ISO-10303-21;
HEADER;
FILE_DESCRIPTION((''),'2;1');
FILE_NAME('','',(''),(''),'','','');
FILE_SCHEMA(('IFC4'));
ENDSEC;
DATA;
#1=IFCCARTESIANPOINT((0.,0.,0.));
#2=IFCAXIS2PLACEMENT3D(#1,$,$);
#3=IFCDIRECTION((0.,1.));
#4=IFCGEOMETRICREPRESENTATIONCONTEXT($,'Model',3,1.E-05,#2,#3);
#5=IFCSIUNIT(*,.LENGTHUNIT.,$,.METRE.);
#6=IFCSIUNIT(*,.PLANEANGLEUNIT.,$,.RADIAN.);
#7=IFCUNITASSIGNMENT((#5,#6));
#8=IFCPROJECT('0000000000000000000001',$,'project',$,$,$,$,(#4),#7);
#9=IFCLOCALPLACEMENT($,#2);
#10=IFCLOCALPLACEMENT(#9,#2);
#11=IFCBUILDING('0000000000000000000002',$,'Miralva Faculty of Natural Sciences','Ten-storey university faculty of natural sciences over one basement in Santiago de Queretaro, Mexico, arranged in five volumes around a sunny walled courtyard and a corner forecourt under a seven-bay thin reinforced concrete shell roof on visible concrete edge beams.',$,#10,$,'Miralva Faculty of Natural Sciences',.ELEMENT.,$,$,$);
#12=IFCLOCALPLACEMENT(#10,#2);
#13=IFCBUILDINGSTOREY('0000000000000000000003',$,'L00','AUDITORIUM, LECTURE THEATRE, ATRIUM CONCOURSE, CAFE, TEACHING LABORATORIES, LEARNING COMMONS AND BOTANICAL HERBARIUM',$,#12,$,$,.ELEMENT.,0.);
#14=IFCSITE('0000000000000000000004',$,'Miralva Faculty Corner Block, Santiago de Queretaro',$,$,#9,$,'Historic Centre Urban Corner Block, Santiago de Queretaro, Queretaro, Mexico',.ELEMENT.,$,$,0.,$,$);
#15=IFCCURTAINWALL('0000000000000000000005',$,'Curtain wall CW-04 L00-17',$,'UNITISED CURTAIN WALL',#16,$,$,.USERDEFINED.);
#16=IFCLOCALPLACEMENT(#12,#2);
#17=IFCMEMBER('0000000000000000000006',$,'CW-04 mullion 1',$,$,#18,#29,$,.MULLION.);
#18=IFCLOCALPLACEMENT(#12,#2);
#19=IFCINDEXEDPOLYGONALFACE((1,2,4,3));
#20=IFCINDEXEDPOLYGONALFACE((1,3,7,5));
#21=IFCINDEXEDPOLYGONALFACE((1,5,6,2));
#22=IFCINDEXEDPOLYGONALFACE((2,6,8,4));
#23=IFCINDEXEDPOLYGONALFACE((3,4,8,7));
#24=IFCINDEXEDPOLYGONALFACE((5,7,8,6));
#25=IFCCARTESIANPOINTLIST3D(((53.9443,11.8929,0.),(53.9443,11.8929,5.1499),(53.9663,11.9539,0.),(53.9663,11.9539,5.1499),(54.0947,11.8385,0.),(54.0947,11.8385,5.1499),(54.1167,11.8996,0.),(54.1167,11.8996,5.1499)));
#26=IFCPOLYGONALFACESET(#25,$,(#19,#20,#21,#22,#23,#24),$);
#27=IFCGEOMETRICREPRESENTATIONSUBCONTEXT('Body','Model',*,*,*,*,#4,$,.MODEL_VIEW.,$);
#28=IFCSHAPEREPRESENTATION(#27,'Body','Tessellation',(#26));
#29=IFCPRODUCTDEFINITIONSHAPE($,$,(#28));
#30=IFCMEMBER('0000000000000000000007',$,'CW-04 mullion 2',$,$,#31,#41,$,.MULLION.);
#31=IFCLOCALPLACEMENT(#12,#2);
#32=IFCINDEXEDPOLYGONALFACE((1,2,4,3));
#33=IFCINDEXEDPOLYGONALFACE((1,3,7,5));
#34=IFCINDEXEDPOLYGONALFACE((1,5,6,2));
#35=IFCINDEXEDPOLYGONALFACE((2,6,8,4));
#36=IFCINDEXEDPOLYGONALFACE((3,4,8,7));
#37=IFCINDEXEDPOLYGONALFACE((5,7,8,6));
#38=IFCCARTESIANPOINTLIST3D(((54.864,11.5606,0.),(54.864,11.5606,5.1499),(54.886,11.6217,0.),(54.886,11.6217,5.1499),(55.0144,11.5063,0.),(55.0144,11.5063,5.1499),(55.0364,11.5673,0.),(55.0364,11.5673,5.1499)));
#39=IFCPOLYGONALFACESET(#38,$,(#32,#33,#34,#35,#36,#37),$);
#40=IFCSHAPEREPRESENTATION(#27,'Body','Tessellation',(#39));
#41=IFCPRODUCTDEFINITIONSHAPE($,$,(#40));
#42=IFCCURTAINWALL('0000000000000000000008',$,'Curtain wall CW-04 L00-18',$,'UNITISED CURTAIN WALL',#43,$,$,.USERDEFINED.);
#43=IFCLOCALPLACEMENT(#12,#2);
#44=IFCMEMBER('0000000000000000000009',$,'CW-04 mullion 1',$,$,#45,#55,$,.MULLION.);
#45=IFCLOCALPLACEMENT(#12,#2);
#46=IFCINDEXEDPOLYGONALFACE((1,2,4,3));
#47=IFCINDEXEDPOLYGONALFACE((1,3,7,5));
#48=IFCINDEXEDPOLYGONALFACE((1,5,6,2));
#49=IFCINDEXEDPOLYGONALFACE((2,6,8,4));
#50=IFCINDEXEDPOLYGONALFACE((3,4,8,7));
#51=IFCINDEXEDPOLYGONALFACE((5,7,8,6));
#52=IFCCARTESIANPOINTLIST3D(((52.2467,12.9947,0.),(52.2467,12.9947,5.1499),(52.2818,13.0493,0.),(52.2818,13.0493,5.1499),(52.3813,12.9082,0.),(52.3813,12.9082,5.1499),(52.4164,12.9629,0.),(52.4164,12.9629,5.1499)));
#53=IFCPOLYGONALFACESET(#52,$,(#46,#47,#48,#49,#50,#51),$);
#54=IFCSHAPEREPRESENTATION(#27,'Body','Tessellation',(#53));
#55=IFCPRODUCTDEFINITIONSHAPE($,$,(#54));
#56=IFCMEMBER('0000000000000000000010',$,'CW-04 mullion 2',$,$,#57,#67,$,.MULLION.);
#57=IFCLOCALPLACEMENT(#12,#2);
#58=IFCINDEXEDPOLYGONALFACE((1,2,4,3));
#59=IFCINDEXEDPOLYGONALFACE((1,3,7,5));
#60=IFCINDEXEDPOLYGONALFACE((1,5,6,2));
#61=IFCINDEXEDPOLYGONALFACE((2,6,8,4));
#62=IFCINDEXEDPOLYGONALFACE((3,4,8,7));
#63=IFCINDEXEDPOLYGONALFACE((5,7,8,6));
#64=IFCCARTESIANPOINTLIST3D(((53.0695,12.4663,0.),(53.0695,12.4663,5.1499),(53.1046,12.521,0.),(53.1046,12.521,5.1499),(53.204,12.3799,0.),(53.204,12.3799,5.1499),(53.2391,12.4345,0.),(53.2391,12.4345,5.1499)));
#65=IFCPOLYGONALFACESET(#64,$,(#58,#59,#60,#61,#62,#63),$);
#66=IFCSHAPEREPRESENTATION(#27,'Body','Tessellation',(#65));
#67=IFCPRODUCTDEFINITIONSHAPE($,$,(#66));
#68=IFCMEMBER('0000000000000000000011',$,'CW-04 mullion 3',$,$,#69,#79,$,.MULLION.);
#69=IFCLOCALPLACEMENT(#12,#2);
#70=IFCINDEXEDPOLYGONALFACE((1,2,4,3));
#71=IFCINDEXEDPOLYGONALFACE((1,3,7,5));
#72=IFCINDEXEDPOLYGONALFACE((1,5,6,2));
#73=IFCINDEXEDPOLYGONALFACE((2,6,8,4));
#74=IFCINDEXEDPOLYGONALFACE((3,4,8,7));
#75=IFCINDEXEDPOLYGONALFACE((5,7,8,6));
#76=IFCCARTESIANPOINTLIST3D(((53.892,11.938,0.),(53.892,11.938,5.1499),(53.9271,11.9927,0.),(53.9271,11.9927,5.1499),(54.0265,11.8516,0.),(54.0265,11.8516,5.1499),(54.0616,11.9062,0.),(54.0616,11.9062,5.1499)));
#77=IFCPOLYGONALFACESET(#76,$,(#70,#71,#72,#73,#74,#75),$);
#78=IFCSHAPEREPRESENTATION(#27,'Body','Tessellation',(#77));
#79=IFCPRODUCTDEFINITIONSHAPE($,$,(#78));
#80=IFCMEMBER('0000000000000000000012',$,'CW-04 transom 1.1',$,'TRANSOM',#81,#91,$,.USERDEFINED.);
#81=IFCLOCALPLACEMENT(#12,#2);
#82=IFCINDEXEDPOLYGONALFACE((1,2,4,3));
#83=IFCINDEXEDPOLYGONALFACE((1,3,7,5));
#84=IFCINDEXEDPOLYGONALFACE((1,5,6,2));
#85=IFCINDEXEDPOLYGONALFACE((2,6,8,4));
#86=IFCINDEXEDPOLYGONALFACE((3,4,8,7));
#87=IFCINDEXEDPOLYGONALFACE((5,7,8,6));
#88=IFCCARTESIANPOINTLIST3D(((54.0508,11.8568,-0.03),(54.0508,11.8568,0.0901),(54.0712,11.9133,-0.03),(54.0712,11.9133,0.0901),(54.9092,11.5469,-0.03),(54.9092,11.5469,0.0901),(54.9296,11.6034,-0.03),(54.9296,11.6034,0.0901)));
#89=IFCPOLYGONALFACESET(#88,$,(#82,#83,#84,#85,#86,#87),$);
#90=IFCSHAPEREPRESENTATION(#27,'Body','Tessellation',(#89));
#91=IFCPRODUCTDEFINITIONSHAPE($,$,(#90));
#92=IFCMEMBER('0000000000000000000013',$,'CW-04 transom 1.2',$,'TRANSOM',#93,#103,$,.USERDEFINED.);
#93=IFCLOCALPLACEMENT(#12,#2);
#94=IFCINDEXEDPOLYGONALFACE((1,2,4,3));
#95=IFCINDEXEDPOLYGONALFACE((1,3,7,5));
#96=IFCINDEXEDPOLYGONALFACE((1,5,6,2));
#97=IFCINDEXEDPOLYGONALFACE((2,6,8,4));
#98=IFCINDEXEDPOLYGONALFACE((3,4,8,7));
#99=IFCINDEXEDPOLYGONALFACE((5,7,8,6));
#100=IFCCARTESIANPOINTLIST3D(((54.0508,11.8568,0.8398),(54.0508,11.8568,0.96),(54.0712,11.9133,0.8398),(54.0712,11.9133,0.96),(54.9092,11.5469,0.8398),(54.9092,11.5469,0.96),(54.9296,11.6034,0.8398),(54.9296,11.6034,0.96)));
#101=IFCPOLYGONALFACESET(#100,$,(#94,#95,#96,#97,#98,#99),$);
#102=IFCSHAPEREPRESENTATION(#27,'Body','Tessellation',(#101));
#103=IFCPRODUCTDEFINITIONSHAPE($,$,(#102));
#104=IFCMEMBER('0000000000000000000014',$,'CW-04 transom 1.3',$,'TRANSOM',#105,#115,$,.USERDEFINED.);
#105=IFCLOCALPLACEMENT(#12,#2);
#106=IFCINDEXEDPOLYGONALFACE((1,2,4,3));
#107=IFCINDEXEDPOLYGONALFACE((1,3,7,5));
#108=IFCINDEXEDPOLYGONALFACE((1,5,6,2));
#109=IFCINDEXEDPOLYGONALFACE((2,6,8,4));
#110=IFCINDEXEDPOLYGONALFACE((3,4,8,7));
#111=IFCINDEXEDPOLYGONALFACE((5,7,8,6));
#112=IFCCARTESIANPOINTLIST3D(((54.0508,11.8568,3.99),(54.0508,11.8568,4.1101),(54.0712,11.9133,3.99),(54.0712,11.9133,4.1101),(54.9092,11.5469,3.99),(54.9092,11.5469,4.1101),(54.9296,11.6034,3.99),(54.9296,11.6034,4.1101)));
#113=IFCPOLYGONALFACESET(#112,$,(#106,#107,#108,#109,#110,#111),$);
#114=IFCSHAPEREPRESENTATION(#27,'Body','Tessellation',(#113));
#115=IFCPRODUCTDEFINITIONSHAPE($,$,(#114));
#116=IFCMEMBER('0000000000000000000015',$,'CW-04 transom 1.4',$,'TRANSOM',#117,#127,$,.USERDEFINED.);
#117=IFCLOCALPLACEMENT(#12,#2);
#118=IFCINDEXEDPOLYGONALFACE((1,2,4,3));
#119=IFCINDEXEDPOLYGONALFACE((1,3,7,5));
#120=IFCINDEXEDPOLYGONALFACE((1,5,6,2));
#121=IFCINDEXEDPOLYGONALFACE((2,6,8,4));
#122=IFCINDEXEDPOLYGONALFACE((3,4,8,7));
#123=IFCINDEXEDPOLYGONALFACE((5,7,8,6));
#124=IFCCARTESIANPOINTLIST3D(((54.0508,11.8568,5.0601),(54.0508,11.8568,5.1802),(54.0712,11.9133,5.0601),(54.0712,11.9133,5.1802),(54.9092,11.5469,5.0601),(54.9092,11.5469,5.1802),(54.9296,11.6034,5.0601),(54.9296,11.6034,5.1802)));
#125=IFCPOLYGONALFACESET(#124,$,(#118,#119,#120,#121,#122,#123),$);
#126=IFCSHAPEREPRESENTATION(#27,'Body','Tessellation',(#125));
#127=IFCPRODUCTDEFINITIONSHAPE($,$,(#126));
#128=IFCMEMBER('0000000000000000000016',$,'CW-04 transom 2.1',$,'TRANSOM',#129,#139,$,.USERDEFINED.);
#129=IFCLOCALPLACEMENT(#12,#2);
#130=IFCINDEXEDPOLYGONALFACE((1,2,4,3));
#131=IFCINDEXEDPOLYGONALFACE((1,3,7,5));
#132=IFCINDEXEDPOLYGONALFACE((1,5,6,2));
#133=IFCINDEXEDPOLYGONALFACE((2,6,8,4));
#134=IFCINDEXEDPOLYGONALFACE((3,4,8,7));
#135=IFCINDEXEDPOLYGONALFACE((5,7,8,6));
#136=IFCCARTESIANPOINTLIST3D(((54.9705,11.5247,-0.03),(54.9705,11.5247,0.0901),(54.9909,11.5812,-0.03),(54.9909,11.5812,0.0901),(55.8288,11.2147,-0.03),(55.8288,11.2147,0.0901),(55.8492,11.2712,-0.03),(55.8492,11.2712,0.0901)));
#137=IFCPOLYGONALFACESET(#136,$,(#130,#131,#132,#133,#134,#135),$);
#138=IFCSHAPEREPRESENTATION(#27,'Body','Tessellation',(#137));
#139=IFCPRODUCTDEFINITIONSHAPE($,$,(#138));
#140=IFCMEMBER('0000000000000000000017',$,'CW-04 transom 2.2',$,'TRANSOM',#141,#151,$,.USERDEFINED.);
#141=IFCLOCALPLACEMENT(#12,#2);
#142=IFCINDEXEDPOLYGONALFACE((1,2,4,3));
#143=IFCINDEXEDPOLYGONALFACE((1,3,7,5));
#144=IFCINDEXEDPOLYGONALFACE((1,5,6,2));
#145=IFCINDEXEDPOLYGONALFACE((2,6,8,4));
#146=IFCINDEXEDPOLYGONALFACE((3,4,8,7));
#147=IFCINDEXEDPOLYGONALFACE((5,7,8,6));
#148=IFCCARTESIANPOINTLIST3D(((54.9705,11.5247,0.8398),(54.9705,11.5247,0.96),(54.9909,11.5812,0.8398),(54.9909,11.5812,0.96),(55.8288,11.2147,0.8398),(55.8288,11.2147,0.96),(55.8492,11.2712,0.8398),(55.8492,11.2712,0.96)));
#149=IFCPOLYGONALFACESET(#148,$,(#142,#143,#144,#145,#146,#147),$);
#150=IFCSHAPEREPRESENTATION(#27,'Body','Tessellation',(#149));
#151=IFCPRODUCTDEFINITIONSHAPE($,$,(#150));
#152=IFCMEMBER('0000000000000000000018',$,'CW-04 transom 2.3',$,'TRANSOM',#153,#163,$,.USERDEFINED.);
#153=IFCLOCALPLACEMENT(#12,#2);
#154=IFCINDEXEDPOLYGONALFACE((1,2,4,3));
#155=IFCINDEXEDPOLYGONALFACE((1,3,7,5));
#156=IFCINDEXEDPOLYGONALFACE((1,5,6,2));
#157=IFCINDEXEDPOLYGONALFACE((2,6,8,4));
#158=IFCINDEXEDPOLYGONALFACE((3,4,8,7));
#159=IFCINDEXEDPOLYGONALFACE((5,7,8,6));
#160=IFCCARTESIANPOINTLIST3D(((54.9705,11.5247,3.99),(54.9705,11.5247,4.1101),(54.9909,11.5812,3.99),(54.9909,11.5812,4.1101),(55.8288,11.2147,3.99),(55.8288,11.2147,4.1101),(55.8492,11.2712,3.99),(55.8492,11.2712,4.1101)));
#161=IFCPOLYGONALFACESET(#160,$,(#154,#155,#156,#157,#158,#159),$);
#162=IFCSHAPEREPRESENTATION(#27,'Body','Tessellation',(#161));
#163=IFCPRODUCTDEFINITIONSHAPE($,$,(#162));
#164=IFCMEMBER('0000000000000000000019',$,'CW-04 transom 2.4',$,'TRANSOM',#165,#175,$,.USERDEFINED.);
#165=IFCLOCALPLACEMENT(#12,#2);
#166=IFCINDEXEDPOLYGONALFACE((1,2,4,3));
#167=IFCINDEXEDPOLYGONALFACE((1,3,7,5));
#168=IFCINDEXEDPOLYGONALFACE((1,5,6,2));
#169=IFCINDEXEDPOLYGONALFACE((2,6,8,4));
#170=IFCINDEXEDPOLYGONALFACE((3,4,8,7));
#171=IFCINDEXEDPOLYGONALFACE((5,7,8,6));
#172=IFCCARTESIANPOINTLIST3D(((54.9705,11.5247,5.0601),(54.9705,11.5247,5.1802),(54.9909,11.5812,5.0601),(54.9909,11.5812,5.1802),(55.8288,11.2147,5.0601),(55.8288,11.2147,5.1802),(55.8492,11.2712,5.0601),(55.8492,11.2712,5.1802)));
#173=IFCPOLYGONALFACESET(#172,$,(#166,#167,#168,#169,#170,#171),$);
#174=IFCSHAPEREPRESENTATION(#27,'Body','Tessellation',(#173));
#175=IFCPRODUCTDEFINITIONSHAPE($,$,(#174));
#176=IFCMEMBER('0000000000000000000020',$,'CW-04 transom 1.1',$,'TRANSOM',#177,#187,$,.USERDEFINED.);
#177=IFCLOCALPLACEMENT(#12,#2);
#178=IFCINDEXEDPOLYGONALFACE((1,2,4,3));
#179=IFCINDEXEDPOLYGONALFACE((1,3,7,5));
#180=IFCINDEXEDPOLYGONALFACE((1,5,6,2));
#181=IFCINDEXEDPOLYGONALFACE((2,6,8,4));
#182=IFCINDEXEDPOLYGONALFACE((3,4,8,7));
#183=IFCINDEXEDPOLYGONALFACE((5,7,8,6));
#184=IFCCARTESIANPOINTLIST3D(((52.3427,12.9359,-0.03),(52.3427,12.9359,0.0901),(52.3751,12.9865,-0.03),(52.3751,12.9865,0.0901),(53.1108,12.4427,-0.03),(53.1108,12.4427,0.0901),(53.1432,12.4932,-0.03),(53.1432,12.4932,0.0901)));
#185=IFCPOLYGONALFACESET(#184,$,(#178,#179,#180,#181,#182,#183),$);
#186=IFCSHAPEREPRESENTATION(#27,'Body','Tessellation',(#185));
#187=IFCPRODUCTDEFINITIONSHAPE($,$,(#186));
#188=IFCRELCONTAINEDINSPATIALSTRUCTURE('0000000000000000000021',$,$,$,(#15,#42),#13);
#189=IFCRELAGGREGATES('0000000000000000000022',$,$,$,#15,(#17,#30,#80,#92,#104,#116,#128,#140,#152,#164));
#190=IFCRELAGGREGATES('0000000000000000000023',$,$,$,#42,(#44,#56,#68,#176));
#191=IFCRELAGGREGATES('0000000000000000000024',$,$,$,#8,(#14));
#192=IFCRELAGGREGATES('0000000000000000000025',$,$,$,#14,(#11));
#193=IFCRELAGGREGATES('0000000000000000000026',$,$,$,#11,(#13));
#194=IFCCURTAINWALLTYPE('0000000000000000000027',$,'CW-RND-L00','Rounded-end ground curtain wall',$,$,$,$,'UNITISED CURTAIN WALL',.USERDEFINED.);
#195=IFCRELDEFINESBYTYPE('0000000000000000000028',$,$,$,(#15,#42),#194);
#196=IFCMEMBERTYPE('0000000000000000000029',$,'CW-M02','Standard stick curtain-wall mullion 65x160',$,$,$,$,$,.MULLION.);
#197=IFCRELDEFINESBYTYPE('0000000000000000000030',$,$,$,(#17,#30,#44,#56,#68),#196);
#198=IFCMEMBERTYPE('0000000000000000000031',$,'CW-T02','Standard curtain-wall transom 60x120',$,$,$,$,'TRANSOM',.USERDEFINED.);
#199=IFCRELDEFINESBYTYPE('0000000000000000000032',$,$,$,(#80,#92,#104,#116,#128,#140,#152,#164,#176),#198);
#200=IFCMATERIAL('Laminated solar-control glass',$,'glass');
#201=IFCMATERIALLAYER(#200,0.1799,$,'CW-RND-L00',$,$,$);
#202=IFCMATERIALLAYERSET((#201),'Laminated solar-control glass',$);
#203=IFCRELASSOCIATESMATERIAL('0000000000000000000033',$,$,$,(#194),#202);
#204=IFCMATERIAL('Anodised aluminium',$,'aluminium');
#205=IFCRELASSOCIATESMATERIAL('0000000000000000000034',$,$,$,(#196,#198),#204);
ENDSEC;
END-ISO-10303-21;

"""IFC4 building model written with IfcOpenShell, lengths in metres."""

from ifc_helpers import new_model, si_unit, direction, frame, origin, origin_2d, place, context, subcontext, project, spatial, rectangle, extrude, material, layer, layer_set, material_profile, profile_set, type_object, element, aggregate, save


model = new_model("IFC4")

# Units and contexts
model_context = context("Model", 3, precision=1e-05, world=origin(), true_north=direction((0.0, 1.0)))
body_context = subcontext(model_context, "Body", "Model", "MODEL_VIEW")
ifc_project = project(units=[si_unit("LENGTHUNIT", "METRE"), si_unit("PLANEANGLEUNIT", "RADIAN")], contexts=[model_context])

# Site, building, storey
site_placement = place(None, origin())
site = spatial("IfcSite", under=ifc_project, at=site_placement, Name="Miralva Faculty Corner Block, Santiago de Queretaro", LongName="Historic Centre Urban Corner Block, Santiago de Queretaro, Queretaro, Mexico", CompositionType="ELEMENT", RefElevation=0.0)
building_placement = place(site_placement, origin())
building = spatial("IfcBuilding", under=site, at=building_placement, Name="Miralva Faculty of Natural Sciences", Description="Ten-storey university faculty of natural sciences over one basement in Santiago de Queretaro, Mexico, arranged in five volumes around a sunny walled courtyard and a corner forecourt under a seven-bay thin reinforced concrete shell roof on visible concrete edge beams.", LongName="Miralva Faculty of Natural Sciences", CompositionType="ELEMENT")
storey_placement = place(building_placement, origin())
storey = spatial("IfcBuildingStorey", under=building, at=storey_placement, Name="L00", Description="AUDITORIUM, LECTURE THEATRE, ATRIUM CONCOURSE, CAFE, TEACHING LABORATORIES, LEARNING COMMONS AND BOTANICAL HERBARIUM", CompositionType="ELEMENT", Elevation=0.0)

# Curtain walls, members
ifc_material_1 = material(Name="Laminated solar-control glass", Category="glass")
ifc_layer_1 = layer(ifc_material_1, 0.1799, Name="CW-RND-L00")
ifc_layer_set_1 = layer_set([ifc_layer_1], Name="Laminated solar-control glass")
curtain_wall_type = type_object("IfcCurtainWallType", Name="CW-RND-L00", Description="Rounded-end ground curtain wall", ElementType="UNITISED CURTAIN WALL", PredefinedType="USERDEFINED", material=ifc_layer_set_1)
curtain_wall_1_placement = place(storey_placement, origin())
curtain_wall_1 = element("IfcCurtainWall", 1, at=curtain_wall_1_placement, inside=storey, type_object=curtain_wall_type, Name="Curtain wall CW-04 L00-17", ObjectType="UNITISED CURTAIN WALL", PredefinedType="USERDEFINED")
ifc_material_2 = material(Name="Anodised aluminium", Category="aluminium")
ifc_material_profile_1 = material_profile(ifc_material_2, rectangle(XDim=0.0649, YDim=0.1599, at=origin_2d()), Name="MULLION 65x160")
ifc_profile_set_1 = profile_set([ifc_material_profile_1], Name="Anodised aluminium")
member_type_1 = type_object("IfcMemberType", Name="CW-M02", Description="Standard stick curtain-wall mullion 65x160", PredefinedType="MULLION", material=ifc_profile_set_1)
member_1_placement = place(storey_placement, frame((54.0305, 11.8962, 0.0), z_axis=(0.0, 0.0, 1.0), x_axis=(0.339696, 0.940535, 0.0)))
member_1 = element("IfcMember", 2, at=member_1_placement, type_object=member_type_1, Name="CW-04 mullion 1", PredefinedType="MULLION", context=body_context, shape_type="SweptSolid", body=[
    extrude(rectangle(XDim=0.0649, YDim=0.1599, at=origin_2d()), origin(), (0.0, 0.0, 1.0), 5.1499),
])
member_2_placement = place(storey_placement, frame((54.9502, 11.564, 0.0), z_axis=(0.0, 0.0, 1.0), x_axis=(0.339696, 0.940535, 0.0)))
member_2 = element("IfcMember", 3, at=member_2_placement, type_object=member_type_1, Name="CW-04 mullion 2", PredefinedType="MULLION", context=body_context, shape_type="SweptSolid", body=[
    extrude(rectangle(XDim=0.0649, YDim=0.1599, at=origin_2d()), origin(), (0.0, 0.0, 1.0), 5.1499),
])
curtain_wall_2_placement = place(storey_placement, origin())
curtain_wall_2 = element("IfcCurtainWall", 4, at=curtain_wall_2_placement, inside=storey, type_object=curtain_wall_type, Name="Curtain wall CW-04 L00-18", ObjectType="UNITISED CURTAIN WALL", PredefinedType="USERDEFINED")
member_3_placement = place(storey_placement, frame((52.3315, 12.9788, 0.0), z_axis=(0.0, 0.0, 1.0), x_axis=(0.540445, 0.841379, 0.0)))
member_3 = element("IfcMember", 5, at=member_3_placement, type_object=member_type_1, Name="CW-04 mullion 1", PredefinedType="MULLION", context=body_context, shape_type="SweptSolid", body=[
    extrude(rectangle(XDim=0.0649, YDim=0.1599, at=origin_2d()), origin(), (0.0, 0.0, 1.0), 5.1499),
])
member_4_placement = place(storey_placement, frame((53.1543, 12.4504, 0.0), z_axis=(0.0, 0.0, 1.0), x_axis=(0.540445, 0.841379, 0.0)))
member_4 = element("IfcMember", 6, at=member_4_placement, type_object=member_type_1, Name="CW-04 mullion 2", PredefinedType="MULLION", context=body_context, shape_type="SweptSolid", body=[
    extrude(rectangle(XDim=0.0649, YDim=0.1599, at=origin_2d()), origin(), (0.0, 0.0, 1.0), 5.1499),
])
member_5_placement = place(storey_placement, frame((53.9768, 11.9221, 0.0), z_axis=(0.0, 0.0, 1.0), x_axis=(0.540445, 0.841379, 0.0)))
member_5 = element("IfcMember", 7, at=member_5_placement, type_object=member_type_1, Name="CW-04 mullion 3", PredefinedType="MULLION", context=body_context, shape_type="SweptSolid", body=[
    extrude(rectangle(XDim=0.0649, YDim=0.1599, at=origin_2d()), origin(), (0.0, 0.0, 1.0), 5.1499),
])

# Members
ifc_material_profile_2 = material_profile(ifc_material_2, rectangle(XDim=0.0601, YDim=0.1201, at=origin_2d()), Name="TRANSOM 60x120")
ifc_profile_set_2 = profile_set([ifc_material_profile_2], Name="Anodised aluminium")
member_type_2 = type_object("IfcMemberType", Name="CW-T02", Description="Standard curtain-wall transom 60x120", ElementType="TRANSOM", PredefinedType="USERDEFINED", material=ifc_profile_set_2)
member_6_placement = place(storey_placement, frame((54.061, 11.885, 0.03), z_axis=(0.940611, -0.339487, 0.0), x_axis=(0.339487, 0.940611, 0.0)))
member_6 = element("IfcMember", 8, at=member_6_placement, type_object=member_type_2, Name="CW-04 transom 1.1", ObjectType="TRANSOM", PredefinedType="USERDEFINED", context=body_context, shape_type="SweptSolid", body=[
    extrude(rectangle(XDim=0.0601, YDim=0.1201, at=origin_2d()), origin(), (0.0, 0.0, 1.0), 0.9126),
])
member_7_placement = place(storey_placement, frame((54.061, 11.885, 0.8999), z_axis=(0.940611, -0.339487, 0.0), x_axis=(0.339487, 0.940611, 0.0)))
member_7 = element("IfcMember", 9, at=member_7_placement, type_object=member_type_2, Name="CW-04 transom 1.2", ObjectType="TRANSOM", PredefinedType="USERDEFINED", context=body_context, shape_type="SweptSolid", body=[
    extrude(rectangle(XDim=0.0601, YDim=0.1201, at=origin_2d()), origin(), (0.0, 0.0, 1.0), 0.9126),
])
member_8_placement = place(storey_placement, frame((54.061, 11.885, 4.05), z_axis=(0.940611, -0.339487, 0.0), x_axis=(0.339487, 0.940611, 0.0)))
member_8 = element("IfcMember", 10, at=member_8_placement, type_object=member_type_2, Name="CW-04 transom 1.3", ObjectType="TRANSOM", PredefinedType="USERDEFINED", context=body_context, shape_type="SweptSolid", body=[
    extrude(rectangle(XDim=0.0601, YDim=0.1201, at=origin_2d()), origin(), (0.0, 0.0, 1.0), 0.9126),
])
member_9_placement = place(storey_placement, frame((54.061, 11.885, 5.1201), z_axis=(0.940611, -0.339487, 0.0), x_axis=(0.339487, 0.940611, 0.0)))
member_9 = element("IfcMember", 11, at=member_9_placement, type_object=member_type_2, Name="CW-04 transom 1.4", ObjectType="TRANSOM", PredefinedType="USERDEFINED", context=body_context, shape_type="SweptSolid", body=[
    extrude(rectangle(XDim=0.0601, YDim=0.1201, at=origin_2d()), origin(), (0.0, 0.0, 1.0), 0.9126),
])
member_10_placement = place(storey_placement, frame((54.9807, 11.553, 0.03), z_axis=(0.940525, -0.339723, 0.0), x_axis=(0.339723, 0.940525, 0.0)))
member_10 = element("IfcMember", 12, at=member_10_placement, type_object=member_type_2, Name="CW-04 transom 2.1", ObjectType="TRANSOM", PredefinedType="USERDEFINED", context=body_context, shape_type="SweptSolid", body=[
    extrude(rectangle(XDim=0.0601, YDim=0.1201, at=origin_2d()), origin(), (0.0, 0.0, 1.0), 0.9126),
])
member_11_placement = place(storey_placement, frame((54.9807, 11.553, 0.8999), z_axis=(0.940525, -0.339723, 0.0), x_axis=(0.339723, 0.940525, 0.0)))
member_11 = element("IfcMember", 13, at=member_11_placement, type_object=member_type_2, Name="CW-04 transom 2.2", ObjectType="TRANSOM", PredefinedType="USERDEFINED", context=body_context, shape_type="SweptSolid", body=[
    extrude(rectangle(XDim=0.0601, YDim=0.1201, at=origin_2d()), origin(), (0.0, 0.0, 1.0), 0.9126),
])
member_12_placement = place(storey_placement, frame((54.9807, 11.553, 4.05), z_axis=(0.940525, -0.339723, 0.0), x_axis=(0.339723, 0.940525, 0.0)))
member_12 = element("IfcMember", 14, at=member_12_placement, type_object=member_type_2, Name="CW-04 transom 2.3", ObjectType="TRANSOM", PredefinedType="USERDEFINED", context=body_context, shape_type="SweptSolid", body=[
    extrude(rectangle(XDim=0.0601, YDim=0.1201, at=origin_2d()), origin(), (0.0, 0.0, 1.0), 0.9126),
])
member_13_placement = place(storey_placement, frame((54.9807, 11.553, 5.1201), z_axis=(0.940525, -0.339723, 0.0), x_axis=(0.339723, 0.940525, 0.0)))
member_13 = element("IfcMember", 15, at=member_13_placement, type_object=member_type_2, Name="CW-04 transom 2.4", ObjectType="TRANSOM", PredefinedType="USERDEFINED", context=body_context, shape_type="SweptSolid", body=[
    extrude(rectangle(XDim=0.0601, YDim=0.1201, at=origin_2d()), origin(), (0.0, 0.0, 1.0), 0.9126),
])
member_14_placement = place(storey_placement, frame((52.3589, 12.9612, 0.03), z_axis=(0.841474, -0.540298, 0.0), x_axis=(0.540298, 0.841474, 0.0)))
member_14 = element("IfcMember", 16, at=member_14_placement, type_object=member_type_2, Name="CW-04 transom 1.1", ObjectType="TRANSOM", PredefinedType="USERDEFINED", context=body_context, shape_type="SweptSolid", body=[
    extrude(rectangle(XDim=0.0601, YDim=0.1201, at=origin_2d()), origin(), (0.0, 0.0, 1.0), 0.9128),
])

aggregate(curtain_wall_1, [member_1, member_2, member_6, member_7, member_8, member_9, member_10, member_11, member_12, member_13])
aggregate(curtain_wall_2, [member_3, member_4, member_5, member_14])

save(model, "model.ifc")
